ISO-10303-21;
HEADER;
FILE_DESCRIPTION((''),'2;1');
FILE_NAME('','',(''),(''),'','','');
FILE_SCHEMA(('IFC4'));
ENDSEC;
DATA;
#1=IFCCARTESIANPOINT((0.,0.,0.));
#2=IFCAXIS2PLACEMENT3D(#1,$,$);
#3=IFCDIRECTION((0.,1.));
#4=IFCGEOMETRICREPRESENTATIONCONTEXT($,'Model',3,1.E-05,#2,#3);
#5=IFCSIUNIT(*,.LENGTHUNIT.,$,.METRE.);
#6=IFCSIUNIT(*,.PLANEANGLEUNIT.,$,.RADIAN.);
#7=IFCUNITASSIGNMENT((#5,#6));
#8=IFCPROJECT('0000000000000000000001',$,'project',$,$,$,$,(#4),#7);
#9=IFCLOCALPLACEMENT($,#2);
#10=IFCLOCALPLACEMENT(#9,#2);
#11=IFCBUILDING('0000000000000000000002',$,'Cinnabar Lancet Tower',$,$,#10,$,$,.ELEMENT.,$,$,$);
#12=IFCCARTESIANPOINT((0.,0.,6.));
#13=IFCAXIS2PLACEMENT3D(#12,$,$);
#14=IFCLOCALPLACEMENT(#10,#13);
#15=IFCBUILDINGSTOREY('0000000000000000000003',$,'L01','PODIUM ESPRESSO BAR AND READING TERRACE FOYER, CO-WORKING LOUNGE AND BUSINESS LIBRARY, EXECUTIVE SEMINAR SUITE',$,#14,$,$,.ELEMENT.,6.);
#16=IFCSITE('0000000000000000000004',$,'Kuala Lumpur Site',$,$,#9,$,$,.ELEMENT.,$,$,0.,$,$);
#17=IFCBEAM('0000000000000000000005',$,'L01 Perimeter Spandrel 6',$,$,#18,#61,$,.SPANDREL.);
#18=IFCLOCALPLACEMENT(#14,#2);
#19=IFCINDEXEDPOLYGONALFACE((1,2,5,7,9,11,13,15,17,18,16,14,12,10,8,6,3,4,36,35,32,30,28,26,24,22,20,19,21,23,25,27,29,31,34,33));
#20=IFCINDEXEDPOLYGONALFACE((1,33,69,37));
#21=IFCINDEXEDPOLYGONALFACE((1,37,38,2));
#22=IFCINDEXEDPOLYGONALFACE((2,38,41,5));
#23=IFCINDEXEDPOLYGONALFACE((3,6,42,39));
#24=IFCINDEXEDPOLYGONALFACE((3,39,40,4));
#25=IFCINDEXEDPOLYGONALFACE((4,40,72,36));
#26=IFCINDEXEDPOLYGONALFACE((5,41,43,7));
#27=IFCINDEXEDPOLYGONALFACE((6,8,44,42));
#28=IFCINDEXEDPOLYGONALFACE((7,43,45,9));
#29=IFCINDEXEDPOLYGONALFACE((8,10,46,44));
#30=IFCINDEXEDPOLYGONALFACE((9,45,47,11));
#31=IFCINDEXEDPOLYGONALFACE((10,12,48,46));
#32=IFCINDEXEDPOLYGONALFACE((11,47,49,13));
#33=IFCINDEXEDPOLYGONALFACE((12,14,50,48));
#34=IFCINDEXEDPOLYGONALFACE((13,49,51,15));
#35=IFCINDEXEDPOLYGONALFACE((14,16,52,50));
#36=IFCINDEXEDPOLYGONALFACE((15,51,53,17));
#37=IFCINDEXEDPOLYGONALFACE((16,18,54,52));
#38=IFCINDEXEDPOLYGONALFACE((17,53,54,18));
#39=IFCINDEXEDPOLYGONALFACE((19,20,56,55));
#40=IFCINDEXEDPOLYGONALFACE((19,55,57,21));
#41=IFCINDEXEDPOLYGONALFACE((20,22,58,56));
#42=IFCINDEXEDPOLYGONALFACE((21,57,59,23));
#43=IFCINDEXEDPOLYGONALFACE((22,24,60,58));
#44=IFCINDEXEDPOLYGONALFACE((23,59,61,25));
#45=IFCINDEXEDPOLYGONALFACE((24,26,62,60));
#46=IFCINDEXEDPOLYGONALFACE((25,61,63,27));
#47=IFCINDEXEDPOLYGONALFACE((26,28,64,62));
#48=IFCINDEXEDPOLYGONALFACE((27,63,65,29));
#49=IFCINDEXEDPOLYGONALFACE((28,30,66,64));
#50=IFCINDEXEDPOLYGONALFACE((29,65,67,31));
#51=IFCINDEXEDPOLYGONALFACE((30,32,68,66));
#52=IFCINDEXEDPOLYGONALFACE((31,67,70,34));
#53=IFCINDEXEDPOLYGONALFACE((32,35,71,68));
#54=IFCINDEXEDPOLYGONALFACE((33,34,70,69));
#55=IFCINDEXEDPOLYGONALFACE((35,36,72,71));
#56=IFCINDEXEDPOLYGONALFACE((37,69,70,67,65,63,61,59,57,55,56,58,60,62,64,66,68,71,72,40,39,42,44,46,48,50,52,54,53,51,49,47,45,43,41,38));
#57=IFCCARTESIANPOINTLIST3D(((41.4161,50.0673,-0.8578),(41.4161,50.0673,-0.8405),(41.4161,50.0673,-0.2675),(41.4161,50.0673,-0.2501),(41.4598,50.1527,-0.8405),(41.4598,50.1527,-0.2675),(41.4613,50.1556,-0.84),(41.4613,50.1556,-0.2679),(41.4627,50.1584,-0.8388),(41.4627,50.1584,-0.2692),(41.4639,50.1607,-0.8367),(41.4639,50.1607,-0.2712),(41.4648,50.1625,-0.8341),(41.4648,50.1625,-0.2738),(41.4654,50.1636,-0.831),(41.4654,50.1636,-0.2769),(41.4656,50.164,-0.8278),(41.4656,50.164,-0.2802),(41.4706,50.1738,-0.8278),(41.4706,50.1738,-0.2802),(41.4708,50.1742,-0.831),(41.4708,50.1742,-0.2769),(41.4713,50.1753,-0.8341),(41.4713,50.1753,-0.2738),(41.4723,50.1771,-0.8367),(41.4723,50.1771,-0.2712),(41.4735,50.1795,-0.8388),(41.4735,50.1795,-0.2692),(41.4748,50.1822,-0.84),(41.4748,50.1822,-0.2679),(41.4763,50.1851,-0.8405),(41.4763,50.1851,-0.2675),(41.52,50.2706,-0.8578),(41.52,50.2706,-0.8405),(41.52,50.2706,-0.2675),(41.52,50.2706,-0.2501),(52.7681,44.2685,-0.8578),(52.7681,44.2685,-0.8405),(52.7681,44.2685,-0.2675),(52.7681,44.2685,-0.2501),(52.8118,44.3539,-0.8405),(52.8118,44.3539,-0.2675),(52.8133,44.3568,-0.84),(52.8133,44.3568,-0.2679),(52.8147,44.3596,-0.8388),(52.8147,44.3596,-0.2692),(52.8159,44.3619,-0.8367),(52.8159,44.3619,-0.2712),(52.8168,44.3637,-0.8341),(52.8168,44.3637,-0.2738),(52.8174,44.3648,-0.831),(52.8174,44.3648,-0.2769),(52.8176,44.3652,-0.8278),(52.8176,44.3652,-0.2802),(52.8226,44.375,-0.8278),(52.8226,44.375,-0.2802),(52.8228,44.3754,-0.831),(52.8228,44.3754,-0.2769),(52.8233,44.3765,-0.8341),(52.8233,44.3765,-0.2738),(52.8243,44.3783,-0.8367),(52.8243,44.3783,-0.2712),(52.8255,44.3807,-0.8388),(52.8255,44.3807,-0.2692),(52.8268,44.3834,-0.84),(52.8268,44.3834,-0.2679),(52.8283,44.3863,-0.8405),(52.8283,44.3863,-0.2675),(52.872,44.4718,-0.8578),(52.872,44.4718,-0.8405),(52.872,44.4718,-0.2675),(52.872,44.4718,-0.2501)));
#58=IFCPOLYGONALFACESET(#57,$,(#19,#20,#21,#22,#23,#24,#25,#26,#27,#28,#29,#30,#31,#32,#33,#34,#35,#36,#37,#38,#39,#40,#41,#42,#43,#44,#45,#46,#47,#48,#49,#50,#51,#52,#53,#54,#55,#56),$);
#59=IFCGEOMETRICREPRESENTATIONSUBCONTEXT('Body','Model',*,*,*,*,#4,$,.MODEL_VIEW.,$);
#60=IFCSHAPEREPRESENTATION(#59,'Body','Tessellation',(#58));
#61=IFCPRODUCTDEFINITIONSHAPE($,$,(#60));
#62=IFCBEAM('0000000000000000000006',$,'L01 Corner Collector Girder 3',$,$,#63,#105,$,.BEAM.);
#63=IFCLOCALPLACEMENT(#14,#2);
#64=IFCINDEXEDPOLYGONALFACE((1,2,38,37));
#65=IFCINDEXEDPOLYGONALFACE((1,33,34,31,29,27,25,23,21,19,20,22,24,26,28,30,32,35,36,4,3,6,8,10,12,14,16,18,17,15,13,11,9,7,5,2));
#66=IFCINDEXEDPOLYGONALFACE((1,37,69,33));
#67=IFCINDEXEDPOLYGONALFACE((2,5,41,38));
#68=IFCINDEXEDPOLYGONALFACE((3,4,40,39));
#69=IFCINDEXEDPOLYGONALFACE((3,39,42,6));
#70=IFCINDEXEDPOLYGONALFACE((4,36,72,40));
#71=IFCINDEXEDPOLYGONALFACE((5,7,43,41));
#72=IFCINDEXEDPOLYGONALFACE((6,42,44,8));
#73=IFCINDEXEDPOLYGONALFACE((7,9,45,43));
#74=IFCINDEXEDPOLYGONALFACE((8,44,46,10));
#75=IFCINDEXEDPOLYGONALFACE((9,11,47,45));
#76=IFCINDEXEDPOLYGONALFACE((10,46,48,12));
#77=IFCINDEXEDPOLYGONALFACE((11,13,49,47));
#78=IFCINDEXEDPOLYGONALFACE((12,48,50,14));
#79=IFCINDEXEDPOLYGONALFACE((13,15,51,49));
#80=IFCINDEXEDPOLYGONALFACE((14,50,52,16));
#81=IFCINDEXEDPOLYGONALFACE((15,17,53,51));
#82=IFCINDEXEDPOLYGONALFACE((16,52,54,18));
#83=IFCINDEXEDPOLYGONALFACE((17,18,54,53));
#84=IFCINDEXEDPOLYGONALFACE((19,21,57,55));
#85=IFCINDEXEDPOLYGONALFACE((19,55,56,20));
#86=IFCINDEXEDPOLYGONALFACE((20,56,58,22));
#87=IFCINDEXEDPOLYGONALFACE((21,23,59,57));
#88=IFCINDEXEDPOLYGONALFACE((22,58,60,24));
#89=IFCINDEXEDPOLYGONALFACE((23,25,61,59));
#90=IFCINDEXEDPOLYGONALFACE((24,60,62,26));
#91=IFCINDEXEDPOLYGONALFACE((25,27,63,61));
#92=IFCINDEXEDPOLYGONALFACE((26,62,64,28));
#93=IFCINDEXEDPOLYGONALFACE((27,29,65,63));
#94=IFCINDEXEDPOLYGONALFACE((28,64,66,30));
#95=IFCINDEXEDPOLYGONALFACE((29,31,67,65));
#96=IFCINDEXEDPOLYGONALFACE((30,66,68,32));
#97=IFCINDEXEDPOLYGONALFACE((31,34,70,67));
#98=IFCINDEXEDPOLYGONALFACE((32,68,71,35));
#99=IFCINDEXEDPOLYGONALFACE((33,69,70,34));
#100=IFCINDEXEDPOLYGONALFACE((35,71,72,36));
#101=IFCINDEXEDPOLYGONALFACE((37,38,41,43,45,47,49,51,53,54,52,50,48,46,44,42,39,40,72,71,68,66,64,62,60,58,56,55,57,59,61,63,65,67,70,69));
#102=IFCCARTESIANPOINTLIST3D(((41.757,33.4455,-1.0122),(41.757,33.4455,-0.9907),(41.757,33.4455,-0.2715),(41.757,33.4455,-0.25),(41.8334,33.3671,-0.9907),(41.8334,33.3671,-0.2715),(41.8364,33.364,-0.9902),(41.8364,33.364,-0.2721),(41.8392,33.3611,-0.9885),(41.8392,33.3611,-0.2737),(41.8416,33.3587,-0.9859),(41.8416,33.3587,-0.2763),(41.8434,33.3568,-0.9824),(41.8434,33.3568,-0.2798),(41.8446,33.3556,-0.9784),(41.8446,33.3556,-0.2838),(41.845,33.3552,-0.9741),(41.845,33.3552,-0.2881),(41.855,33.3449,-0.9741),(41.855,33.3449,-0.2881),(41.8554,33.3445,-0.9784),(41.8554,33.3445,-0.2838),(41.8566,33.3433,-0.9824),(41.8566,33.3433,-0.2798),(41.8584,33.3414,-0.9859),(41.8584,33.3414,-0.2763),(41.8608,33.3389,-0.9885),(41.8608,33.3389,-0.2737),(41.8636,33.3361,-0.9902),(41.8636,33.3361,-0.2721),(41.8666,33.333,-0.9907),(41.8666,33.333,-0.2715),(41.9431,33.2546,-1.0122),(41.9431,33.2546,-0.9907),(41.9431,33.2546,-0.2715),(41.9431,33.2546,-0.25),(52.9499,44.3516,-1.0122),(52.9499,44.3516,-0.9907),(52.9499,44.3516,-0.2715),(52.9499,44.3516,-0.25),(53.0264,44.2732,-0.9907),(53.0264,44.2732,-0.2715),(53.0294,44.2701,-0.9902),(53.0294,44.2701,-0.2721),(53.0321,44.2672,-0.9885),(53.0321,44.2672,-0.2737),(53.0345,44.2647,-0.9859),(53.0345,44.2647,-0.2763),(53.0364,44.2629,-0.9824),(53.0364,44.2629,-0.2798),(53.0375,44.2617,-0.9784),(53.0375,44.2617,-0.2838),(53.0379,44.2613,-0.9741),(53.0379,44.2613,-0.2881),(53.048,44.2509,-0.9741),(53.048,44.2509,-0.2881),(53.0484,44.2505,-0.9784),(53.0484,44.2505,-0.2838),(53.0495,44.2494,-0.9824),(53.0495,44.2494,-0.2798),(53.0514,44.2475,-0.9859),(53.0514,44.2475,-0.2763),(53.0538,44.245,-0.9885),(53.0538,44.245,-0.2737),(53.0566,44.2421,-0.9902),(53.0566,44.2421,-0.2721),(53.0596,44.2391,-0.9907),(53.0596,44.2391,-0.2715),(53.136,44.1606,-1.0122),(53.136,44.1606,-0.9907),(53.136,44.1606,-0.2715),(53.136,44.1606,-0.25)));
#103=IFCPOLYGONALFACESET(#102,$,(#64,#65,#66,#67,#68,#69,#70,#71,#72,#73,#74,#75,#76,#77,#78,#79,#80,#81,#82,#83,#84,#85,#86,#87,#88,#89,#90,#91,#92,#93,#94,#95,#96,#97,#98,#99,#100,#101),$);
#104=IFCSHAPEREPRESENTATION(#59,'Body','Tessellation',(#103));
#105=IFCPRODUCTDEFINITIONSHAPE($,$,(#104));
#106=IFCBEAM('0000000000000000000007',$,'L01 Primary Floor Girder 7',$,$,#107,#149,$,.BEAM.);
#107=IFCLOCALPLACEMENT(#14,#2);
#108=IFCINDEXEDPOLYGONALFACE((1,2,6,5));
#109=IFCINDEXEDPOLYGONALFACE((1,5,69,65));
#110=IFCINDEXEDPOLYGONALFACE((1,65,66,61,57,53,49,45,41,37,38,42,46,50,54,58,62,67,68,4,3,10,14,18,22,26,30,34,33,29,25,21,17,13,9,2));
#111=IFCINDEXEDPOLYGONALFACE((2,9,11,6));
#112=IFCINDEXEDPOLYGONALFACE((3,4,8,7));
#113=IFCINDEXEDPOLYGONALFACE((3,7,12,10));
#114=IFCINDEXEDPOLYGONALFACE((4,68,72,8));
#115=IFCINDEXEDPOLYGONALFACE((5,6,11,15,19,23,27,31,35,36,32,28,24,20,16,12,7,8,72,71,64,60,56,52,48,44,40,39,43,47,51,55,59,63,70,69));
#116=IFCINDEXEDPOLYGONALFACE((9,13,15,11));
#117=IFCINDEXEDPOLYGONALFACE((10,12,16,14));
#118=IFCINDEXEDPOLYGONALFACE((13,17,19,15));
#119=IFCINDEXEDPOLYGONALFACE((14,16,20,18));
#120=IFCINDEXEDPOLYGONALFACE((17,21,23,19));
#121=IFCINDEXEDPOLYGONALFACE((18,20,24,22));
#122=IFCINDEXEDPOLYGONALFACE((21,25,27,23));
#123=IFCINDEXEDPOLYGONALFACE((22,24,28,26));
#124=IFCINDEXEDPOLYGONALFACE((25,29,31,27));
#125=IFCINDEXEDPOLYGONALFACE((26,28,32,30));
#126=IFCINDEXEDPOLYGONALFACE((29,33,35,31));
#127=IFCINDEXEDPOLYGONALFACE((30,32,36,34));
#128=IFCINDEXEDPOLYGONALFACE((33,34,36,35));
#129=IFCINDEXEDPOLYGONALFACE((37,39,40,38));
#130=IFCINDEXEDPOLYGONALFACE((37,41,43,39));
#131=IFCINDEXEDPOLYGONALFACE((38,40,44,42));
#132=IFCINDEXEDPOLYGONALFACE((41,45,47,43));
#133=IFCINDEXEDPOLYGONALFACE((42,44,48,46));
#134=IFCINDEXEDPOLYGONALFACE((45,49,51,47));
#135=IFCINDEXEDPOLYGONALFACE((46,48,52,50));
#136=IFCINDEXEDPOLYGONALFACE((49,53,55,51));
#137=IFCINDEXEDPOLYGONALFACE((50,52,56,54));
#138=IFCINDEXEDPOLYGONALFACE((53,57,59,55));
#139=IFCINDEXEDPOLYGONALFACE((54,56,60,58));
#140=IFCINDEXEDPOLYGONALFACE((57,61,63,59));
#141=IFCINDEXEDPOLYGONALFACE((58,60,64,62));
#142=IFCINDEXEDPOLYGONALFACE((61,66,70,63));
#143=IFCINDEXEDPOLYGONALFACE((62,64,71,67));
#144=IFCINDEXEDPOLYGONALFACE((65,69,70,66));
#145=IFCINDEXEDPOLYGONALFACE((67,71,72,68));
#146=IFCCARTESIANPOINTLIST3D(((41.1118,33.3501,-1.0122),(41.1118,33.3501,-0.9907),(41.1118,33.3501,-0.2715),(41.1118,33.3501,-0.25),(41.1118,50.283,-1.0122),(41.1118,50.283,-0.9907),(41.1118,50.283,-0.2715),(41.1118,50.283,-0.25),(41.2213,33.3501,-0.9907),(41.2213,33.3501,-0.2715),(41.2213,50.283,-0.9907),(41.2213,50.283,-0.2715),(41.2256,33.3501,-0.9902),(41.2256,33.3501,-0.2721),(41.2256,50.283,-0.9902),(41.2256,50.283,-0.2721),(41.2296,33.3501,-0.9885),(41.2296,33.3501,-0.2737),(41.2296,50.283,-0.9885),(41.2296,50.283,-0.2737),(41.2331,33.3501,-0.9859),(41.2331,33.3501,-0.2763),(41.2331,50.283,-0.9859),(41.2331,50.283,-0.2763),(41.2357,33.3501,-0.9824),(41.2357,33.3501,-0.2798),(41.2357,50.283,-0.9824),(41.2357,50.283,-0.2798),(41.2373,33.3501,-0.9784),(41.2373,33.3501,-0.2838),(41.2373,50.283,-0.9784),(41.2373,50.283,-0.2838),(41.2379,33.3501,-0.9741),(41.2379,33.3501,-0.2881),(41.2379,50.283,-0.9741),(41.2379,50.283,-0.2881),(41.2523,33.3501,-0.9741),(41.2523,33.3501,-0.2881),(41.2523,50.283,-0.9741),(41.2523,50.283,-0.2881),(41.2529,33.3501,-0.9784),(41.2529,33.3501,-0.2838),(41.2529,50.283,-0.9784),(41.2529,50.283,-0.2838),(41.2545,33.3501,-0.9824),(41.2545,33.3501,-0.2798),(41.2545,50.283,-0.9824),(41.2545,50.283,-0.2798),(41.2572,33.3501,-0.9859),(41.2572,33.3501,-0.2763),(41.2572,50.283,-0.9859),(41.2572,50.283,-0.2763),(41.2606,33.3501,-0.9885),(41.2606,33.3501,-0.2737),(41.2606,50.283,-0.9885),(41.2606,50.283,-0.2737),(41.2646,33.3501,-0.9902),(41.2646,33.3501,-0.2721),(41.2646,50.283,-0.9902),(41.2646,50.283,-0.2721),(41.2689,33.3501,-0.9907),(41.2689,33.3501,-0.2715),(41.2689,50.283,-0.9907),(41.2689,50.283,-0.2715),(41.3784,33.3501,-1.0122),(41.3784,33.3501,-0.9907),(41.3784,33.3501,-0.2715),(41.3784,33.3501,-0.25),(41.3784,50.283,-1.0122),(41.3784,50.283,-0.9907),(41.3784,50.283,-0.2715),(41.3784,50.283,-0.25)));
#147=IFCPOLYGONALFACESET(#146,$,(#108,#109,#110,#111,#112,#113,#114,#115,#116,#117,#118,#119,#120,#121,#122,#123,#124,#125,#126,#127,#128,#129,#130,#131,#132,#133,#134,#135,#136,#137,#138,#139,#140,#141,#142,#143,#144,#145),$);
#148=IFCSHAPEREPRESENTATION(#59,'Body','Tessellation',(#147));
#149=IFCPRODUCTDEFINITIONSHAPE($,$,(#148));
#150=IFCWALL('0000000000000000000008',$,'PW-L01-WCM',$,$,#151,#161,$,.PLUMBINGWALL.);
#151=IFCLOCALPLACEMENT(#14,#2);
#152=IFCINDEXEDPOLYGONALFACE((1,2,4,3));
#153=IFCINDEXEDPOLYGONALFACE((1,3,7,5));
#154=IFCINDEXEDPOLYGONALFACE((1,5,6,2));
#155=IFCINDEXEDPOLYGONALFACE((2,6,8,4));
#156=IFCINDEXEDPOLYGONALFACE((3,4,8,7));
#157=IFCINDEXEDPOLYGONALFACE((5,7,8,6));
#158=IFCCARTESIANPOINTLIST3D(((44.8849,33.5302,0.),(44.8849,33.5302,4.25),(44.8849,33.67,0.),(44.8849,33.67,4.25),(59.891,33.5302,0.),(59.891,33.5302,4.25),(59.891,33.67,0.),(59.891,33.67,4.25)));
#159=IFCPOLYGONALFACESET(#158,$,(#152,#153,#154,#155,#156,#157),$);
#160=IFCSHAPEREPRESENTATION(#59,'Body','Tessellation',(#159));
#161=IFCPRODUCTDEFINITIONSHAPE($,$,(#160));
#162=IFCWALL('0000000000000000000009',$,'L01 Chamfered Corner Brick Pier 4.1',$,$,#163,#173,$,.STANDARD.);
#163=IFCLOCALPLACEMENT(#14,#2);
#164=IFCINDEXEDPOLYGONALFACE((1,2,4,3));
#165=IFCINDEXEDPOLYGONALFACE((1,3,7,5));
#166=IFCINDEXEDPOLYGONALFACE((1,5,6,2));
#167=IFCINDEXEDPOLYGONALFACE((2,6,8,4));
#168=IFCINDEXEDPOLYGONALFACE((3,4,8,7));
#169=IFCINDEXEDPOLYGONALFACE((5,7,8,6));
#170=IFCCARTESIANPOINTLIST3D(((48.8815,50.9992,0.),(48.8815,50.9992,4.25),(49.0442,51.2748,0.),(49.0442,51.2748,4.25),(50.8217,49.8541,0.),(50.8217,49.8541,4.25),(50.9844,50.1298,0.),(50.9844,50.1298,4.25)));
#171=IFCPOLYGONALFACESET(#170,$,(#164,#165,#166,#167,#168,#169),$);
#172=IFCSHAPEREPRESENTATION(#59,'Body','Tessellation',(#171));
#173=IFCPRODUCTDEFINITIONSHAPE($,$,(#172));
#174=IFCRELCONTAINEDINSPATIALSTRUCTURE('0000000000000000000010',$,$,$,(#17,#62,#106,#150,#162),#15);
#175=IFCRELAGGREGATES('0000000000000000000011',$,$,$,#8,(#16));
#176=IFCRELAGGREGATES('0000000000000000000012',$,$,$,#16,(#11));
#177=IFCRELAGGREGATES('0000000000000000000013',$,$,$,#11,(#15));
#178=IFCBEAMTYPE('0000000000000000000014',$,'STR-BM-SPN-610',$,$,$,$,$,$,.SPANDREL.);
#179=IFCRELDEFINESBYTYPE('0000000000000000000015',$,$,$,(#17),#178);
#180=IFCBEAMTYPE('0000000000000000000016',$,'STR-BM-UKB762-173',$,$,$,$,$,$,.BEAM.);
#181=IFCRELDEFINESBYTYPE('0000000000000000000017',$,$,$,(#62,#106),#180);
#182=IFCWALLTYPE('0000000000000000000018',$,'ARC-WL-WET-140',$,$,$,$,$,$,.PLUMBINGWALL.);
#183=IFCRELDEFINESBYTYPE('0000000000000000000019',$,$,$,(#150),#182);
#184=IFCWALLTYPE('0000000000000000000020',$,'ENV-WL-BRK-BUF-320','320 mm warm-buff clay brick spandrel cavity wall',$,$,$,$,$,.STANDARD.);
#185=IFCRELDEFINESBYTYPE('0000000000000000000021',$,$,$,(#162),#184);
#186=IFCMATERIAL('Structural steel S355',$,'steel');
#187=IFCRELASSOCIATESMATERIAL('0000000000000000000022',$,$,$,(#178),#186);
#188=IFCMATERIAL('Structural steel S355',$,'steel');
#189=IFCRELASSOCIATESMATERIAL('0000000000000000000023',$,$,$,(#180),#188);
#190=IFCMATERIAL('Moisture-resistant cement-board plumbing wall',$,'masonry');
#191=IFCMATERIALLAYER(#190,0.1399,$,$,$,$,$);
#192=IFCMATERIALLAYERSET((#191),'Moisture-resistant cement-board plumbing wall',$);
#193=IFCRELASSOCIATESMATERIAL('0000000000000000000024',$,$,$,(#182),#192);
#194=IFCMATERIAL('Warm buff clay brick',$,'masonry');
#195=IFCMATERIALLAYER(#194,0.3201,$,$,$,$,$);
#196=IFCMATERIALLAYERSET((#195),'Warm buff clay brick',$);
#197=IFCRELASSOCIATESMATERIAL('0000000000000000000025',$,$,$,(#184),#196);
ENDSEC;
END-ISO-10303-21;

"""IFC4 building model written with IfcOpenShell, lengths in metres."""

from ifc_helpers import new_model, si_unit, direction, frame, frame_2d, origin, origin_2d, place, context, subcontext, project, spatial, rectangle, i_section, extrude, material, layer, layer_set, material_profile, profile_set, type_object, element, save


model = new_model("IFC4")

# Units and contexts
model_context = context("Model", 3, precision=1e-05, world=origin(), true_north=direction((0.0, 1.0)))
body_context = subcontext(model_context, "Body", "Model", "MODEL_VIEW")
ifc_project = project(units=[si_unit("LENGTHUNIT", "METRE"), si_unit("PLANEANGLEUNIT", "RADIAN")], contexts=[model_context])

# Site, building, storey
site_placement = place(None, origin())
site = spatial("IfcSite", under=ifc_project, at=site_placement, Name="Kuala Lumpur Site", CompositionType="ELEMENT", RefElevation=0.0)
building_placement = place(site_placement, origin())
building = spatial("IfcBuilding", under=site, at=building_placement, Name="Cinnabar Lancet Tower", CompositionType="ELEMENT")
storey_placement = place(building_placement, frame((0.0, 0.0, 6.0)))
storey = spatial("IfcBuildingStorey", under=building, at=storey_placement, Name="L01", Description="PODIUM ESPRESSO BAR AND READING TERRACE FOYER, CO-WORKING LOUNGE AND BUSINESS LIBRARY, EXECUTIVE SEMINAR SUITE", CompositionType="ELEMENT", Elevation=6.0)

# Beams
ifc_material_1 = material(Name="Structural steel S355", Category="steel")
ifc_material_profile_1 = material_profile(ifc_material_1, i_section(OverallWidth=0.2283, OverallDepth=0.6077, WebThickness=0.011, FlangeThickness=0.0173, FilletRadius=0.0127, at=origin_2d()), Name="UKB 610x229x113")
ifc_profile_set_1 = profile_set([ifc_material_profile_1], Name="Structural steel S355")
beam_type_1 = type_object("IfcBeamType", Name="STR-BM-SPN-610", PredefinedType="SPANDREL", material=ifc_profile_set_1)
beam_1_placement = place(storey_placement, frame((52.8201, 44.3701, -0.554), z_axis=(-0.890541, 0.454904, 0.0), x_axis=(-0.454904, -0.890541, 0.0)))
element("IfcBeam", 1, at=beam_1_placement, inside=storey, type_object=beam_type_1, Name="L01 Perimeter Spandrel 6", PredefinedType="SPANDREL", context=body_context, shape_type="SweptSolid", body=[
    extrude(i_section(OverallWidth=0.2283, OverallDepth=0.6077, WebThickness=0.011, FlangeThickness=0.0173, FilletRadius=0.0127, at=origin_2d()), origin(), (0.0, 0.0, 1.0), 12.7473),
])
ifc_material_2 = material(Name="Structural steel S355", Category="steel")
ifc_material_profile_2 = material_profile(ifc_material_2, i_section(OverallWidth=0.2666, OverallDepth=0.7622, WebThickness=0.0144, FlangeThickness=0.0215, FilletRadius=0.0166, at=origin_2d()), Name="UKB 762x267x173")
ifc_profile_set_2 = profile_set([ifc_material_profile_2], Name="Structural steel S355")
beam_type_2 = type_object("IfcBeamType", Name="STR-BM-UKB762-173", PredefinedType="BEAM", material=ifc_profile_set_2)
beam_2_placement = place(storey_placement, frame((53.043, 44.2561, -0.6311), z_axis=(-0.716225, -0.697869, 0.0), x_axis=(0.697869, -0.716225, 0.0)))
element("IfcBeam", 2, at=beam_2_placement, inside=storey, type_object=beam_type_2, Name="L01 Corner Collector Girder 3", PredefinedType="BEAM", context=body_context, shape_type="SweptSolid", body=[
    extrude(i_section(OverallWidth=0.2666, OverallDepth=0.7622, WebThickness=0.0144, FlangeThickness=0.0215, FilletRadius=0.0166, at=origin_2d()), origin(), (0.0, 0.0, 1.0), 15.6277),
])
beam_3_placement = place(storey_placement, frame((41.2451, 50.283, -0.6311), z_axis=(0.0, -1.0, 0.0), x_axis=(1.0, 0.0, 0.0)))
element("IfcBeam", 3, at=beam_3_placement, inside=storey, type_object=beam_type_2, Name="L01 Primary Floor Girder 7", PredefinedType="BEAM", context=body_context, shape_type="SweptSolid", body=[
    extrude(i_section(OverallWidth=0.2666, OverallDepth=0.7622, WebThickness=0.0144, FlangeThickness=0.0215, FilletRadius=0.0166, at=origin_2d()), origin(), (0.0, 0.0, 1.0), 16.9329),
])

# Walls
ifc_material_3 = material(Name="Moisture-resistant cement-board plumbing wall", Category="masonry")
ifc_layer_1 = layer(ifc_material_3, 0.1399)
ifc_layer_set_1 = layer_set([ifc_layer_1], Name="Moisture-resistant cement-board plumbing wall")
wall_type_1 = type_object("IfcWallType", Name="ARC-WL-WET-140", PredefinedType="PLUMBINGWALL", material=ifc_layer_set_1)
wall_1_placement = place(storey_placement, frame((44.885, 33.6001, 0.0), z_axis=(0.0, 0.0, 1.0), x_axis=(1.0, 0.0, 0.0)))
element("IfcWall", 4, at=wall_1_placement, inside=storey, type_object=wall_type_1, Name="PW-L01-WCM", PredefinedType="PLUMBINGWALL", context=body_context, shape_type="SweptSolid", body=[
    extrude(rectangle(XDim=15.0061, YDim=0.1399, at=frame_2d((7.5029, 0.0))), origin(), (0.0, 0.0, 1.0), 4.25),
])
ifc_material_4 = material(Name="Warm buff clay brick", Category="masonry")
ifc_layer_2 = layer(ifc_material_4, 0.3201)
ifc_layer_set_2 = layer_set([ifc_layer_2], Name="Warm buff clay brick")
wall_type_2 = type_object("IfcWallType", Name="ENV-WL-BRK-BUF-320", Description="320 mm warm-buff clay brick spandrel cavity wall", PredefinedType="STANDARD", material=ifc_layer_set_2)
wall_2_placement = place(storey_placement, frame((50.9031, 49.9919, 0.0), z_axis=(0.0, 0.0, 1.0), x_axis=(-0.861209, 0.508251, 0.0)))
element("IfcWall", 5, at=wall_2_placement, inside=storey, type_object=wall_type_2, Name="L01 Chamfered Corner Brick Pier 4.1", PredefinedType="STANDARD", context=body_context, shape_type="SweptSolid", body=[
    extrude(rectangle(XDim=2.2529, YDim=0.3201, at=frame_2d((1.1265, 0.0))), origin(), (0.0, 0.0, 1.0), 4.25),
])

save(model, "model.ifc")
